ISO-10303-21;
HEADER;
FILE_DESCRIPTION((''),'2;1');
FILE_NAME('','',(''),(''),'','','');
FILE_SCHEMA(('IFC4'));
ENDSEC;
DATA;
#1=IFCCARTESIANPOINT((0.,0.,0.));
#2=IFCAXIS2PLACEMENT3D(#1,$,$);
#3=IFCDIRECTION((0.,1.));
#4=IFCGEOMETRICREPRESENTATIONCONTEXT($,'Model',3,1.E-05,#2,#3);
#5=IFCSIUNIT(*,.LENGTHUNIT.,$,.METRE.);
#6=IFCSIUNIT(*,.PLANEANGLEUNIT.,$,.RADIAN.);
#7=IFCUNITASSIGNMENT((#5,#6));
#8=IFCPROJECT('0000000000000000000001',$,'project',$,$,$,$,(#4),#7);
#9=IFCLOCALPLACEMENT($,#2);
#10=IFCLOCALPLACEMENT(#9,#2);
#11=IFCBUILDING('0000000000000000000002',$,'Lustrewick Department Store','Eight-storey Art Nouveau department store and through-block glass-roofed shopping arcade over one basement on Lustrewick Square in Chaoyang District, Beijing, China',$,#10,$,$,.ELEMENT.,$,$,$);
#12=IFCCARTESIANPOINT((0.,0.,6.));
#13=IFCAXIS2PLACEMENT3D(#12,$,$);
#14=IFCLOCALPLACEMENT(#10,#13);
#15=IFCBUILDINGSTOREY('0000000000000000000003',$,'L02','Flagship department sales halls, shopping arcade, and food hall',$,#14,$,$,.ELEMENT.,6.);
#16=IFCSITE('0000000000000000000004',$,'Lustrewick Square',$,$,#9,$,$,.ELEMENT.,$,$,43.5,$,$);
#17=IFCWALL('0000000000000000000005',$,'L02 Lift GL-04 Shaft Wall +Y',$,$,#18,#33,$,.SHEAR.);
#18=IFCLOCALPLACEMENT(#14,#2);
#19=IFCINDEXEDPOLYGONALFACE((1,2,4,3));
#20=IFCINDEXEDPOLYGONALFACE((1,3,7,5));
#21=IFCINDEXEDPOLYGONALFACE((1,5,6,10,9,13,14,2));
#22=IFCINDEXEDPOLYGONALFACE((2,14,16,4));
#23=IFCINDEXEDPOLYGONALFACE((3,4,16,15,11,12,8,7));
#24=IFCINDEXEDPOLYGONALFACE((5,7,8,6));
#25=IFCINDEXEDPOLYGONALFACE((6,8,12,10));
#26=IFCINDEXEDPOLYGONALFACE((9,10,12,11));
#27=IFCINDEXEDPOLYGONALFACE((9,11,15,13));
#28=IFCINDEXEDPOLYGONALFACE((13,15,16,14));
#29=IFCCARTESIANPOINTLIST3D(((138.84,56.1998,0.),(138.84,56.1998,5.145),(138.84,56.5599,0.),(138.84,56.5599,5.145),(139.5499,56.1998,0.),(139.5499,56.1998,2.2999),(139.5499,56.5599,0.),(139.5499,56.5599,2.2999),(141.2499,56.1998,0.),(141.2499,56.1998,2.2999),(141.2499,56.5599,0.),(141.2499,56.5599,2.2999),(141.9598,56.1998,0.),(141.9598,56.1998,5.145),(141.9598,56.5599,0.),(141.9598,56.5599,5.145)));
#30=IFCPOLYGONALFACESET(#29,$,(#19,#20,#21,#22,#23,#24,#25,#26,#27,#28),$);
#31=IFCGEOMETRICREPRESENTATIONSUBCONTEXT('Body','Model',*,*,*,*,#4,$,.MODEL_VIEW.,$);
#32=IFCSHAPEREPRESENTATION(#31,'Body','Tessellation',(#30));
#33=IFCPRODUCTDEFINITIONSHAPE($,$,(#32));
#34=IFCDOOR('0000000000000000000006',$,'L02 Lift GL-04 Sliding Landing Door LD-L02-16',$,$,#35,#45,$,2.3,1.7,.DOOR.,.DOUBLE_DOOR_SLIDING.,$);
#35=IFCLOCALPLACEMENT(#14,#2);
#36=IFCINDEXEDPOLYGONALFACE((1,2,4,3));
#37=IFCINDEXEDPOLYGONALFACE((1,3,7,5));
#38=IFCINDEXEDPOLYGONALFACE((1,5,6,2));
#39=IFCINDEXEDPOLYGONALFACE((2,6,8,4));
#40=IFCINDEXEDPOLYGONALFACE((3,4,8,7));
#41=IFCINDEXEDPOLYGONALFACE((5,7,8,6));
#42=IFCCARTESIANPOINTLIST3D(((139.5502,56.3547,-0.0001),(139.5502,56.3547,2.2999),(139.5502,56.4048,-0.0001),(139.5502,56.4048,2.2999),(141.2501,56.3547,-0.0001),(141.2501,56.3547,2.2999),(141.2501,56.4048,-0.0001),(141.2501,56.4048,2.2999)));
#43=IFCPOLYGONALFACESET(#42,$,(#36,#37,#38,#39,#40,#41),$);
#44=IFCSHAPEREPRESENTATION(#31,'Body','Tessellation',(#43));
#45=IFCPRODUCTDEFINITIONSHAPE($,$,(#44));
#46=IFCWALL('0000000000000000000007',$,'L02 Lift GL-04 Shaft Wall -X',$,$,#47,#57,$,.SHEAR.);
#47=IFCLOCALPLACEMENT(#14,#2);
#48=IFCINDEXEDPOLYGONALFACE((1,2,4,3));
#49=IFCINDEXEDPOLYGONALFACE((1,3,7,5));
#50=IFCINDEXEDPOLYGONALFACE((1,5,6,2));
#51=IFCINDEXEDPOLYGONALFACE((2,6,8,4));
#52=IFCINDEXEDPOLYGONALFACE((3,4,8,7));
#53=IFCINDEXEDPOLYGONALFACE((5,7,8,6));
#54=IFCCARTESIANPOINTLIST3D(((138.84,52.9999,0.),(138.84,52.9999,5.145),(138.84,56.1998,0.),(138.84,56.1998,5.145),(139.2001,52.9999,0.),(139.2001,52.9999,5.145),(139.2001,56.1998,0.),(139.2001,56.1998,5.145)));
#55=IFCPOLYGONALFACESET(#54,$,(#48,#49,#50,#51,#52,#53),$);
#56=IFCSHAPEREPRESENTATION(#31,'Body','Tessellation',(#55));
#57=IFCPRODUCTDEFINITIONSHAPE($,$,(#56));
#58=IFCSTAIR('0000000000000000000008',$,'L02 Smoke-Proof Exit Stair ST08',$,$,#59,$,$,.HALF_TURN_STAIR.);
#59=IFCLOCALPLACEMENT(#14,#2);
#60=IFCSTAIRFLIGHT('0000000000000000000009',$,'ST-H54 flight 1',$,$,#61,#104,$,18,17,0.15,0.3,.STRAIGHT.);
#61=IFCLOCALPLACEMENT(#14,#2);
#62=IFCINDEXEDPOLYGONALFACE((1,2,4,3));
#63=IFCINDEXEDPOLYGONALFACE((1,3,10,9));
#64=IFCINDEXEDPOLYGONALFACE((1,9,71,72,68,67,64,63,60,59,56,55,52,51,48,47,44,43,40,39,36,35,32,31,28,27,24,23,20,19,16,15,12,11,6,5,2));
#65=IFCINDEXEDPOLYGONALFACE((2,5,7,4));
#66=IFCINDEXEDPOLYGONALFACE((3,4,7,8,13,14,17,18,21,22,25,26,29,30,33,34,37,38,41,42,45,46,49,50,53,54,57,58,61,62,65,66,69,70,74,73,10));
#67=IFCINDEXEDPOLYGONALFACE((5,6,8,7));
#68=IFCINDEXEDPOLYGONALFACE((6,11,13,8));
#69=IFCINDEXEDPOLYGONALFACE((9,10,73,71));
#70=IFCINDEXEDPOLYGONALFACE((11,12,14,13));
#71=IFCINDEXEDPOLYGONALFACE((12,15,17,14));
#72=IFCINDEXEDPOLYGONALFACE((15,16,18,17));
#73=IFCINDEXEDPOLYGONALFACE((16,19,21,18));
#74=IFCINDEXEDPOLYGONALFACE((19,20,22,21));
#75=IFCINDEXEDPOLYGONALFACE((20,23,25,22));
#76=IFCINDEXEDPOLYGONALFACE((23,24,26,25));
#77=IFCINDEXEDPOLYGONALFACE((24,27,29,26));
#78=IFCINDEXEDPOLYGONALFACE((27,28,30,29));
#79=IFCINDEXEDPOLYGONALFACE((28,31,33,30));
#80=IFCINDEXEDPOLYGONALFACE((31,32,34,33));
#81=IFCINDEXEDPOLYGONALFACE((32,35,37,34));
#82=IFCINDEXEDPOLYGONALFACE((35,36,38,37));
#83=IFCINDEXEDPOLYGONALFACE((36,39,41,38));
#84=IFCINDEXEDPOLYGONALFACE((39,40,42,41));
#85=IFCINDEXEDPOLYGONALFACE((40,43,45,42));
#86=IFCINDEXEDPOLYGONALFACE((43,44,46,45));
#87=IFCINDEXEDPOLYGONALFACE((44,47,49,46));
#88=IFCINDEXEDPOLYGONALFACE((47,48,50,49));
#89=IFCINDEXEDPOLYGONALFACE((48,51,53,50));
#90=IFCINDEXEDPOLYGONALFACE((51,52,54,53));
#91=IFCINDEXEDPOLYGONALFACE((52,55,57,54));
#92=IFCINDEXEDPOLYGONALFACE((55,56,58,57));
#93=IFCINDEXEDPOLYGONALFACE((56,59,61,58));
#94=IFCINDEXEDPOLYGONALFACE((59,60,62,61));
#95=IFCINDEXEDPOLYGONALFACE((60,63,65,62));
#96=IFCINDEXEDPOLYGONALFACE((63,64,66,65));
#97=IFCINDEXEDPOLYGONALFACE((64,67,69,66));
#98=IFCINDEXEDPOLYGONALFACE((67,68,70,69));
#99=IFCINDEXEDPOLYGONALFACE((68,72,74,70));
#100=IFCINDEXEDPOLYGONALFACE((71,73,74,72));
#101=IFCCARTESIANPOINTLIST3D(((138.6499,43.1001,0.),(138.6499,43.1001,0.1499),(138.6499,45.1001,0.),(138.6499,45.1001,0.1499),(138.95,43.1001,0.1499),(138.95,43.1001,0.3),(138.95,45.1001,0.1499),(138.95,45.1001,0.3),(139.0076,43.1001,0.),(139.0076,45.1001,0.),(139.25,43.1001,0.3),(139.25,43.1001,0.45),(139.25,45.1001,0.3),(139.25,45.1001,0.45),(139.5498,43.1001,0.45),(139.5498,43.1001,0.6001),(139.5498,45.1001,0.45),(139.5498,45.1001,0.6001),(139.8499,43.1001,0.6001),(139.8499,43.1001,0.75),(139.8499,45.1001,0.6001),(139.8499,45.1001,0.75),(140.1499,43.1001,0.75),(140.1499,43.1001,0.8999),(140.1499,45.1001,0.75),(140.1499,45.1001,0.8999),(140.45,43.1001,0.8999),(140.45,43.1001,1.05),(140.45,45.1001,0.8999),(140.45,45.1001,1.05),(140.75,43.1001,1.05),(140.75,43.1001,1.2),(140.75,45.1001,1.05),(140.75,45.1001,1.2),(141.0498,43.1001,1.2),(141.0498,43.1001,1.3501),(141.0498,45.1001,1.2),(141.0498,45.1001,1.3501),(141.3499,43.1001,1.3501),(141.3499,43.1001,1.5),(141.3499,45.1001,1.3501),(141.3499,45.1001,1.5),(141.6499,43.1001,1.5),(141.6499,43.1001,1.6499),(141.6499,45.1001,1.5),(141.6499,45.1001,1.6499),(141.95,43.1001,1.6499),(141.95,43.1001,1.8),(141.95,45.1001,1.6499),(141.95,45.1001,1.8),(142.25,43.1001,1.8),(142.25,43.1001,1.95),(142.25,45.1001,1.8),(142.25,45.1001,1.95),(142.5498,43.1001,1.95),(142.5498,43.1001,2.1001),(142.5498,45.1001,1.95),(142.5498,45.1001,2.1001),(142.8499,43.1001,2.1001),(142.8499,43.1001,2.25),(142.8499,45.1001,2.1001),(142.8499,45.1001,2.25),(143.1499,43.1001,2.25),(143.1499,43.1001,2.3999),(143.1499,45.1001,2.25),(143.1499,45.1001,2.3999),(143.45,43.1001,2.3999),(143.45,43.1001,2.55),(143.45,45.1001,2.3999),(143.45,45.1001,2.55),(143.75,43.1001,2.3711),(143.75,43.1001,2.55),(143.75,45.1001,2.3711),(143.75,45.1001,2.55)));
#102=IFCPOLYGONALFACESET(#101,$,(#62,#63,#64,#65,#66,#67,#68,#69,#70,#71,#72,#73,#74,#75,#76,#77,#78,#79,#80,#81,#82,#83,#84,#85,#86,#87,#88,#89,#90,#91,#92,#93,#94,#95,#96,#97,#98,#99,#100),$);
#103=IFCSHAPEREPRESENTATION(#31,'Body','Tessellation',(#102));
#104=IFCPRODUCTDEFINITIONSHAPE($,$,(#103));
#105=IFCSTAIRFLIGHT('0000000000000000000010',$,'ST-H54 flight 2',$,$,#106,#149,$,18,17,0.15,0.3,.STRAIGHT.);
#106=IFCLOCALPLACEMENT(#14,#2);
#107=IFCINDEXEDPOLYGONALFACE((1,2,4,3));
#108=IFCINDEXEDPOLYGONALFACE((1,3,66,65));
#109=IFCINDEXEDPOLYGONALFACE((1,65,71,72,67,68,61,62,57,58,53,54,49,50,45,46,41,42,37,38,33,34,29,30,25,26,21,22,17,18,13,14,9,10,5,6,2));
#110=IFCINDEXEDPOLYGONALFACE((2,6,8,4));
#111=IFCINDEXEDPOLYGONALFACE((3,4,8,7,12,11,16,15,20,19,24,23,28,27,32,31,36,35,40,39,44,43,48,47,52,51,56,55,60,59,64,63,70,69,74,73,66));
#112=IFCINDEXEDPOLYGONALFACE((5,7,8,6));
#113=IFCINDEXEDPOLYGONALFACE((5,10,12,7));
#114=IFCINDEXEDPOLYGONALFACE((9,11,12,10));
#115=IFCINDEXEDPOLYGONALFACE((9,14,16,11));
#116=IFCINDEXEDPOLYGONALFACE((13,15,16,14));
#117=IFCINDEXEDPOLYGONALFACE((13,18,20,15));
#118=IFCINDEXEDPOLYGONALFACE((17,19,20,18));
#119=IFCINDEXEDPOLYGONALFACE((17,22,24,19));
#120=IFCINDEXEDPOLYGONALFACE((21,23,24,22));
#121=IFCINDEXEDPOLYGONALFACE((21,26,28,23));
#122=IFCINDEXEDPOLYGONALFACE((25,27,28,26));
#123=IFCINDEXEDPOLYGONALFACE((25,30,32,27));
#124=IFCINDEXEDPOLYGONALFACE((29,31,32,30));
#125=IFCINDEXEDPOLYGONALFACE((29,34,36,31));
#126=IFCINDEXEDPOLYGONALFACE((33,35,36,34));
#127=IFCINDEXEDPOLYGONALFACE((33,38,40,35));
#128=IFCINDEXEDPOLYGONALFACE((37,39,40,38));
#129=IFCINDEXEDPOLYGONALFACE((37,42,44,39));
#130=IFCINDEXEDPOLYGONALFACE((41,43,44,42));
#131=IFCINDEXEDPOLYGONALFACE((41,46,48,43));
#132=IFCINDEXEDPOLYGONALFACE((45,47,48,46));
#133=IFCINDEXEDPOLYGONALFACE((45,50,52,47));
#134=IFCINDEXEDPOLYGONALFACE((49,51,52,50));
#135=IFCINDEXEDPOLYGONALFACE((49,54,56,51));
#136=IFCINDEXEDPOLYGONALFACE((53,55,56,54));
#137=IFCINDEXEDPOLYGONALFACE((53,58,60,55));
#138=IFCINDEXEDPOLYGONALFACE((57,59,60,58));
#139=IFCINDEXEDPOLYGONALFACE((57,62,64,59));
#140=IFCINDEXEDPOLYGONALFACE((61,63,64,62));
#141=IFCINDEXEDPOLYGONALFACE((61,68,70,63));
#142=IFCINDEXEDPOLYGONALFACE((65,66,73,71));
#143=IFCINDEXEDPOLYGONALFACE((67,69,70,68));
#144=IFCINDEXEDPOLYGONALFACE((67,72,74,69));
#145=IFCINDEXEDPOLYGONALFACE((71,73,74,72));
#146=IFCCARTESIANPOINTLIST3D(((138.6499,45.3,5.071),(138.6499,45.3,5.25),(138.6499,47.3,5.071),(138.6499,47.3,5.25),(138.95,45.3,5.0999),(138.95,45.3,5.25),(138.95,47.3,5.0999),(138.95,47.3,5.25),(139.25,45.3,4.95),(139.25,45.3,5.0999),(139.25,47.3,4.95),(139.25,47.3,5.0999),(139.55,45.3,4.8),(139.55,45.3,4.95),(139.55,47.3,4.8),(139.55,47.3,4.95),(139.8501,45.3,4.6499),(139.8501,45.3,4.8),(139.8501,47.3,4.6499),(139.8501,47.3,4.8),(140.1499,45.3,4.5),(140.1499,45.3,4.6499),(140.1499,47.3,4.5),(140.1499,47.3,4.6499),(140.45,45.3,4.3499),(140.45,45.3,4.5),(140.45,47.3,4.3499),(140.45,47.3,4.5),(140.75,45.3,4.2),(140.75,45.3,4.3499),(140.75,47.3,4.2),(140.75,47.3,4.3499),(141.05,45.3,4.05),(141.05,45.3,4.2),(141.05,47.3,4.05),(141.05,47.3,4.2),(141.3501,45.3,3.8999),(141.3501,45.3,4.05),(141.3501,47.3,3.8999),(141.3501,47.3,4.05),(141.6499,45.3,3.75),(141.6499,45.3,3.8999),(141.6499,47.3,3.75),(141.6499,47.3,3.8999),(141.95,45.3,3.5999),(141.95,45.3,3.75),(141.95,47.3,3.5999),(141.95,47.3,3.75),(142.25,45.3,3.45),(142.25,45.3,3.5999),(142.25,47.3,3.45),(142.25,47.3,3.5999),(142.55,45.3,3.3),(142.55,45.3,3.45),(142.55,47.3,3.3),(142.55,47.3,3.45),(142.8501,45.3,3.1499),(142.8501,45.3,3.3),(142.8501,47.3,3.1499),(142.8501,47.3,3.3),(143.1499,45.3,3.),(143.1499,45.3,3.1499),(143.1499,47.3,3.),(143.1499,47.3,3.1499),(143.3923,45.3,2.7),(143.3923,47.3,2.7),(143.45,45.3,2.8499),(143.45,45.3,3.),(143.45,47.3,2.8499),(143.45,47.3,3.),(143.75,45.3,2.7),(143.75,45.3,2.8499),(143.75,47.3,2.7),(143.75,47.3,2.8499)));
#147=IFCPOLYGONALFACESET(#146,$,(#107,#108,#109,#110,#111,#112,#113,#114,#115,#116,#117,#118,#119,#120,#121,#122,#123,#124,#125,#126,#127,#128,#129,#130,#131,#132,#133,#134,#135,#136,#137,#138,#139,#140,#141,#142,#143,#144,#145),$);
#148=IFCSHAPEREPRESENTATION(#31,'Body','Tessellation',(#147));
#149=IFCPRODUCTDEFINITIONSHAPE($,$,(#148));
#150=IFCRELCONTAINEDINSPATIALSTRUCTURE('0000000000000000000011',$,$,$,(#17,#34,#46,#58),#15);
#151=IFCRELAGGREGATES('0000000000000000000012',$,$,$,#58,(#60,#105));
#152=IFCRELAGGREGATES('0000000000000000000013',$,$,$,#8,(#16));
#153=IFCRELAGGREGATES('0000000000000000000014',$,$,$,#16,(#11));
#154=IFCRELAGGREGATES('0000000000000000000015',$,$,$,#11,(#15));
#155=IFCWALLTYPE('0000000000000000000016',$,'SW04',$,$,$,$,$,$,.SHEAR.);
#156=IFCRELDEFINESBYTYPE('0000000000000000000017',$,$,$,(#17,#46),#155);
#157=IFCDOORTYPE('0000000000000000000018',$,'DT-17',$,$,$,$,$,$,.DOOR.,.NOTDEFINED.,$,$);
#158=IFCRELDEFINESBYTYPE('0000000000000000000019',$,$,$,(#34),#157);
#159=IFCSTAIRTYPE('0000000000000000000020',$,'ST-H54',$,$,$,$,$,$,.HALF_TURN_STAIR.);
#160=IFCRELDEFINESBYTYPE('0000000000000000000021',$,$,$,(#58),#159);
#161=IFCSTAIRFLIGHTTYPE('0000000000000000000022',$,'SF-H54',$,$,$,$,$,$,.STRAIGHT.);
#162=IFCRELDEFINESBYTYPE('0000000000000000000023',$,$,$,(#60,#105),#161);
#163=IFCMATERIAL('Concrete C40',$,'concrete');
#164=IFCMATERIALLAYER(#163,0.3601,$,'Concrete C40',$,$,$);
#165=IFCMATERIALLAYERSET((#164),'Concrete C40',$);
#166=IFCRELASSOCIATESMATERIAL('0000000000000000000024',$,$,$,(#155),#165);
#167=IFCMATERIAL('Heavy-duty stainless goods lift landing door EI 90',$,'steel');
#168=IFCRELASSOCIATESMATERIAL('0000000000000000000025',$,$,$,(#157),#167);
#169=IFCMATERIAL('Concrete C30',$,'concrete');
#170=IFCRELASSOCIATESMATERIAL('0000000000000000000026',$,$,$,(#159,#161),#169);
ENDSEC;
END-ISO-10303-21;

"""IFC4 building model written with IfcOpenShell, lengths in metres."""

from ifc_helpers import new_model, si_unit, direction, frame, frame_2d, origin, place, context, subcontext, project, spatial, polyline, rectangle, outline, extrude, material, layer, layer_set, type_object, element, fill, aggregate, save


model = new_model("IFC4")

# Units and contexts
model_context = context("Model", 3, precision=1e-05, world=origin(), true_north=direction((0.0, 1.0)))
body_context = subcontext(model_context, "Body", "Model", "MODEL_VIEW")
ifc_project = project(units=[si_unit("LENGTHUNIT", "METRE"), si_unit("PLANEANGLEUNIT", "RADIAN")], contexts=[model_context])

# Site, building, storey
site_placement = place(None, origin())
site = spatial("IfcSite", under=ifc_project, at=site_placement, Name="Lustrewick Square", CompositionType="ELEMENT", RefElevation=43.5)
building_placement = place(site_placement, origin())
building = spatial("IfcBuilding", under=site, at=building_placement, Name="Lustrewick Department Store", Description="Eight-storey Art Nouveau department store and through-block glass-roofed shopping arcade over one basement on Lustrewick Square in Chaoyang District, Beijing, China", CompositionType="ELEMENT")
storey_placement = place(building_placement, frame((0.0, 0.0, 6.0)))
storey = spatial("IfcBuildingStorey", under=building, at=storey_placement, Name="L02", Description="Flagship department sales halls, shopping arcade, and food hall", CompositionType="ELEMENT", Elevation=6.0)

# Shared definitions
ifc_material_1 = material(Name="Concrete C40", Category="concrete")
ifc_layer_1 = layer(ifc_material_1, 0.3601, Name="Concrete C40")
ifc_layer_set_1 = layer_set([ifc_layer_1], Name="Concrete C40")
wall_type_1 = type_object("IfcWallType", Name="SW04", PredefinedType="SHEAR", material=ifc_layer_set_1)

# Wall, opening, door
wall_1_placement = place(storey_placement, frame((141.96, 56.3799, 0.0), z_axis=(0.0, 0.0, 1.0), x_axis=(-1.0, 0.0, 0.0)))
wall_1 = element("IfcWall", 1, at=wall_1_placement, inside=storey, type_object=wall_type_1, Name="L02 Lift GL-04 Shaft Wall +Y", PredefinedType="SHEAR", context=body_context, shape_type="SweptSolid", body=[
    extrude(rectangle(XDim=3.1199, YDim=0.3601, at=frame_2d((1.5601, 0.0))), origin(), (0.0, 0.0, 1.0), 5.145),
])
opening_1_placement = place(wall_1_placement, frame((0.71, 0.0, 0.0)))
opening_1 = element("IfcOpeningElement", 2, at=opening_1_placement, cuts=wall_1, PredefinedType="OPENING", context=body_context, shape_type="SweptSolid", body=[
    extrude(rectangle(XDim=1.7, YDim=2.3, at=frame_2d((0.8501, 1.1499))), frame((0.0, 0.1899, 0.0), z_axis=(0.0, -1.0, 0.0), x_axis=(1.0, 0.0, 0.0)), (0.0, 0.0, 1.0), 0.3801),
])
ifc_material_2 = material(Name="Heavy-duty stainless goods lift landing door EI 90", Category="steel")
door_type_1 = type_object("IfcDoorType", Name="DT-17", OperationType="NOTDEFINED", PredefinedType="DOOR", material=ifc_material_2)
door_1_placement = place(opening_1_placement, frame((1.7, 0.0, 0.0), z_axis=(0.0, 0.0, 1.0), x_axis=(-1.0, 0.0, 0.0)))
door_1 = element("IfcDoor", 3, at=door_1_placement, inside=storey, type_object=door_type_1, Name="L02 Lift GL-04 Sliding Landing Door LD-L02-16", OperationType="DOUBLE_DOOR_SLIDING", OverallHeight=2.3, OverallWidth=1.7, PredefinedType="DOOR", context=body_context, shape_type="SweptSolid", body=[
    extrude(rectangle(XDim=1.7, YDim=2.3, at=frame_2d((0.8501, 1.1499))), frame((0.0, 0.0249, 0.0), z_axis=(0.0, -1.0, 0.0), x_axis=(1.0, 0.0, 0.0)), (0.0, 0.0, 1.0), 0.05),
])
fill(opening_1, door_1)

# Wall
wall_2_placement = place(storey_placement, frame((139.02, 56.2, 0.0), z_axis=(0.0, 0.0, 1.0), x_axis=(0.0, -1.0, 0.0)))
element("IfcWall", 4, at=wall_2_placement, inside=storey, type_object=wall_type_1, Name="L02 Lift GL-04 Shaft Wall -X", PredefinedType="SHEAR", context=body_context, shape_type="SweptSolid", body=[
    extrude(rectangle(XDim=3.2, YDim=0.3601, at=frame_2d((1.6001, 0.0))), origin(), (0.0, 0.0, 1.0), 5.145),
])

# Stair, stair flights
ifc_material_3 = material(Name="Concrete C30", Category="concrete")
stair_type = type_object("IfcStairType", Name="ST-H54", PredefinedType="HALF_TURN_STAIR", material=ifc_material_3)
stair_placement = place(storey_placement, origin())
stair = element("IfcStair", 5, at=stair_placement, inside=storey, type_object=stair_type, Name="L02 Smoke-Proof Exit Stair ST08", PredefinedType="HALF_TURN_STAIR")
stair_flight_type = type_object("IfcStairFlightType", Name="SF-H54", PredefinedType="STRAIGHT", material=ifc_material_3)
stair_flight_1_placement = place(storey_placement, frame((138.6499, 44.1001, 0.0), z_axis=(0.0, 0.0, 1.0), x_axis=(1.0, 0.0, 0.0)))
stair_flight_1 = element("IfcStairFlight", 6, at=stair_flight_1_placement, type_object=stair_flight_type, Name="ST-H54 flight 1", NumberOfRisers=18, NumberOfTreads=17, PredefinedType="STRAIGHT", RiserHeight=0.15, TreadLength=0.3, context=body_context, shape_type="SweptSolid", body=[
    extrude(outline(polyline([(0.0, 0.0), (0.0, 0.1499), (0.3, 0.1499), (0.3, 0.3), (0.6001, 0.3), (0.6001, 0.45), (0.8999, 0.45), (0.8999, 0.6001), (1.2, 0.6001), (1.2, 0.75), (1.5, 0.75), (1.5, 0.8999), (1.8, 0.8999), (1.8, 1.05), (2.1001, 1.05), (2.1001, 1.2), (2.3999, 1.2), (2.3999, 1.3501), (2.7, 1.3501), (2.7, 1.5), (3.0, 1.5), (3.0, 1.6499), (3.3, 1.6499), (3.3, 1.8), (3.6001, 1.8), (3.6001, 1.95), (3.8999, 1.95), (3.8999, 2.1001), (4.2, 2.1001), (4.2, 2.25), (4.5, 2.25), (4.5, 2.3999), (4.8, 2.3999), (4.8, 2.55), (5.1001, 2.55), (5.1001, 2.7), (5.1001, 2.3711), (0.3577, 0.0), (0.0, 0.0)])), frame((0.0, 1.0, 0.0), z_axis=(0.0, -1.0, 0.0), x_axis=(1.0, 0.0, 0.0)), (0.0, 0.0, 1.0), 2.0),
])
stair_flight_2_placement = place(storey_placement, frame((143.75, 46.3, 2.7), z_axis=(0.0, 0.0, 1.0), x_axis=(-1.0, 0.0, 0.0)))
stair_flight_2 = element("IfcStairFlight", 7, at=stair_flight_2_placement, type_object=stair_flight_type, Name="ST-H54 flight 2", NumberOfRisers=18, NumberOfTreads=17, PredefinedType="STRAIGHT", RiserHeight=0.15, TreadLength=0.3, context=body_context, shape_type="SweptSolid", body=[
    extrude(outline(polyline([(0.0, 0.0), (0.0, 0.1499), (0.3, 0.1499), (0.3, 0.3), (0.6001, 0.3), (0.6001, 0.45), (0.8999, 0.45), (0.8999, 0.6001), (1.2, 0.6001), (1.2, 0.75), (1.5, 0.75), (1.5, 0.8999), (1.8, 0.8999), (1.8, 1.05), (2.1001, 1.05), (2.1001, 1.2), (2.3999, 1.2), (2.3999, 1.3501), (2.7, 1.3501), (2.7, 1.5), (3.0, 1.5), (3.0, 1.6499), (3.3, 1.6499), (3.3, 1.8), (3.6001, 1.8), (3.6001, 1.95), (3.8999, 1.95), (3.8999, 2.1001), (4.2, 2.1001), (4.2, 2.25), (4.5, 2.25), (4.5, 2.3999), (4.8, 2.3999), (4.8, 2.55), (5.1001, 2.55), (5.1001, 2.7), (5.1001, 2.3711), (0.3577, 0.0), (0.0, 0.0)])), frame((0.0, 1.0, 0.0), z_axis=(0.0, -1.0, 0.0), x_axis=(1.0, 0.0, 0.0)), (0.0, 0.0, 1.0), 2.0),
])
aggregate(stair, [stair_flight_1, stair_flight_2])

save(model, "model.ifc")
